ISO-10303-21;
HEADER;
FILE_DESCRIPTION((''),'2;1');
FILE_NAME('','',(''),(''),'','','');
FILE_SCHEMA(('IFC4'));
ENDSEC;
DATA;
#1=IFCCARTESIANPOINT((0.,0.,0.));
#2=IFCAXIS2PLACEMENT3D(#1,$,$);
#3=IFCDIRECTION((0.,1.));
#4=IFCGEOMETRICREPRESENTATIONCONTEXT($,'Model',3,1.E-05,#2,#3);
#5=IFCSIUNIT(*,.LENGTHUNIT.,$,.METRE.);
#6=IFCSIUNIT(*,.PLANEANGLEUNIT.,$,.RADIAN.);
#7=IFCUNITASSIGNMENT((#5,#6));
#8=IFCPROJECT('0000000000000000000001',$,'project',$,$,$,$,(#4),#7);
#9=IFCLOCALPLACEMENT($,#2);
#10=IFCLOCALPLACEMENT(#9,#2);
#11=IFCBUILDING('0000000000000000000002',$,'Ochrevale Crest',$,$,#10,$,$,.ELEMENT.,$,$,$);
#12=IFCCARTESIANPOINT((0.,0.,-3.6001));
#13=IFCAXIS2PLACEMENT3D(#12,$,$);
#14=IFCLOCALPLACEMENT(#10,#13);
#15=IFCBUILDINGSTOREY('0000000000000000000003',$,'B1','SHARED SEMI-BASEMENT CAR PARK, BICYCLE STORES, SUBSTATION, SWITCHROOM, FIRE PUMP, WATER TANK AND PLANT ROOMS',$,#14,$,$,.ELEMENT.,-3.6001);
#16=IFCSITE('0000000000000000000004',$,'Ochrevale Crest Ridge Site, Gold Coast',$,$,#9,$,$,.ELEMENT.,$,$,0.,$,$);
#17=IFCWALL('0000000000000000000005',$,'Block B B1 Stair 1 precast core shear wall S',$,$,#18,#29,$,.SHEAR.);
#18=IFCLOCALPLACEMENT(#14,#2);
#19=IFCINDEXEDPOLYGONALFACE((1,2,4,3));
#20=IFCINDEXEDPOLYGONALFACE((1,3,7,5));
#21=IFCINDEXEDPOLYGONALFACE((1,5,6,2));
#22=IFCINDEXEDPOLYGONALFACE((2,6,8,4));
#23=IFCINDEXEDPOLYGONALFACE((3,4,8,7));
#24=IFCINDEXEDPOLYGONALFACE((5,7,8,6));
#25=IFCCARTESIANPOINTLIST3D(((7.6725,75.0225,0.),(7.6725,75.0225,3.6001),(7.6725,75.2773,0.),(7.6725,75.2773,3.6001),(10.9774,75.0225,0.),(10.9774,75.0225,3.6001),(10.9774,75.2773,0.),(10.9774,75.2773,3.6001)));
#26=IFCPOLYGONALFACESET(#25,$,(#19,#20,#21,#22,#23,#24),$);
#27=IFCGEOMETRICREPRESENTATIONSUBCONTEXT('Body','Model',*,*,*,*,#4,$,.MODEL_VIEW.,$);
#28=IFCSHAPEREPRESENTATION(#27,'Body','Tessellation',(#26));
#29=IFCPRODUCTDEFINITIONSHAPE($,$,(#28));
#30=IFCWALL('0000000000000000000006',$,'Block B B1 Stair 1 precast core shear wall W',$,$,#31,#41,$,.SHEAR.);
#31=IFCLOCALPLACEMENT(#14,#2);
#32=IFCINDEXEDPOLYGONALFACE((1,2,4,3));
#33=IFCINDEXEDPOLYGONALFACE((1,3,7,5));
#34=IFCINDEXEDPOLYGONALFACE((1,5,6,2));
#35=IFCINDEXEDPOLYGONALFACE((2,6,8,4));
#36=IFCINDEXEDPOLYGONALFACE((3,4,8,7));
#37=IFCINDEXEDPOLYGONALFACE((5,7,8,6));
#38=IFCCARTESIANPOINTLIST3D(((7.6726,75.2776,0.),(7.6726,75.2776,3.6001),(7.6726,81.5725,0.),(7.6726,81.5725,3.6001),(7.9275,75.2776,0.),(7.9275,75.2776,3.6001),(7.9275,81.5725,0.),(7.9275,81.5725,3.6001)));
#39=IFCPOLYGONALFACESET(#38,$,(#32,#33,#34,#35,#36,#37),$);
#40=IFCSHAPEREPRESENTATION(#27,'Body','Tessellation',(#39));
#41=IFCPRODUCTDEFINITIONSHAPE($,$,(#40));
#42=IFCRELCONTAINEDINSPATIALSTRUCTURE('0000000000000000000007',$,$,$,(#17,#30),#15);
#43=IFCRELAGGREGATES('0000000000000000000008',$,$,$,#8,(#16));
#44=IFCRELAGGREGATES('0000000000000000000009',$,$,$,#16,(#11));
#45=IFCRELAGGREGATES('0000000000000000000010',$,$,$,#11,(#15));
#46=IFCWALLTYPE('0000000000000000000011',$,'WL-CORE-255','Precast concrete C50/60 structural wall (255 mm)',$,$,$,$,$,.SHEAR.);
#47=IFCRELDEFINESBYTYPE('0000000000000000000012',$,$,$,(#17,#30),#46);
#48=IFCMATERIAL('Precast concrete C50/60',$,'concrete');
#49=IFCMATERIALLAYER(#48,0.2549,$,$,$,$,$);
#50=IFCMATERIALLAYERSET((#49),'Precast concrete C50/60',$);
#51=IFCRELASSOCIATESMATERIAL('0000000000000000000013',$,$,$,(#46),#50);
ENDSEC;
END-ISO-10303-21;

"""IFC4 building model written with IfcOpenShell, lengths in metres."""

from ifc_helpers import new_model, si_unit, direction, frame, frame_2d, origin, place, context, subcontext, project, spatial, rectangle, extrude, material, layer, layer_set, type_object, element, save


model = new_model("IFC4")

# Units and contexts
model_context = context("Model", 3, precision=1e-05, world=origin(), true_north=direction((0.0, 1.0)))
body_context = subcontext(model_context, "Body", "Model", "MODEL_VIEW")
ifc_project = project(units=[si_unit("LENGTHUNIT", "METRE"), si_unit("PLANEANGLEUNIT", "RADIAN")], contexts=[model_context])

# Site, building, storey
site_placement = place(None, origin())
site = spatial("IfcSite", under=ifc_project, at=site_placement, Name="Ochrevale Crest Ridge Site, Gold Coast", CompositionType="ELEMENT", RefElevation=0.0)
building_placement = place(site_placement, origin())
building = spatial("IfcBuilding", under=site, at=building_placement, Name="Ochrevale Crest", CompositionType="ELEMENT")
storey_placement = place(building_placement, frame((0.0, 0.0, -3.6001)))
storey = spatial("IfcBuildingStorey", under=building, at=storey_placement, Name="B1", Description="SHARED SEMI-BASEMENT CAR PARK, BICYCLE STORES, SUBSTATION, SWITCHROOM, FIRE PUMP, WATER TANK AND PLANT ROOMS", CompositionType="ELEMENT", Elevation=-3.6001)

# Shared definitions
ifc_material_1 = material(Name="Precast concrete C50/60", Category="concrete")

# Walls
ifc_layer = layer(ifc_material_1, 0.2549)
ifc_layer_set = layer_set([ifc_layer], Name="Precast concrete C50/60")
wall_type = type_object("IfcWallType", Name="WL-CORE-255", Description="Precast concrete C50/60 structural wall (255 mm)", PredefinedType="SHEAR", material=ifc_layer_set)
wall_1_placement = place(storey_placement, frame((7.6726, 75.1499, 0.0), z_axis=(0.0, 0.0, 1.0), x_axis=(1.0, 0.0, 0.0)))
element("IfcWall", 1, at=wall_1_placement, inside=storey, type_object=wall_type, Name="Block B B1 Stair 1 precast core shear wall S", PredefinedType="SHEAR", context=body_context, shape_type="SweptSolid", body=[
    extrude(rectangle(XDim=3.3049, YDim=0.2549, at=frame_2d((1.6523, 0.0))), origin(), (0.0, 0.0, 1.0), 3.6001),
])
wall_2_placement = place(storey_placement, frame((7.8, 75.2776, 0.0), z_axis=(0.0, 0.0, 1.0), x_axis=(0.0, 1.0, 0.0)))
element("IfcWall", 2, at=wall_2_placement, inside=storey, type_object=wall_type, Name="Block B B1 Stair 1 precast core shear wall W", PredefinedType="SHEAR", context=body_context, shape_type="SweptSolid", body=[
    extrude(rectangle(XDim=6.2949, YDim=0.2549, at=frame_2d((3.1475, 0.0))), origin(), (0.0, 0.0, 1.0), 3.6001),
])

save(model, "model.ifc")
